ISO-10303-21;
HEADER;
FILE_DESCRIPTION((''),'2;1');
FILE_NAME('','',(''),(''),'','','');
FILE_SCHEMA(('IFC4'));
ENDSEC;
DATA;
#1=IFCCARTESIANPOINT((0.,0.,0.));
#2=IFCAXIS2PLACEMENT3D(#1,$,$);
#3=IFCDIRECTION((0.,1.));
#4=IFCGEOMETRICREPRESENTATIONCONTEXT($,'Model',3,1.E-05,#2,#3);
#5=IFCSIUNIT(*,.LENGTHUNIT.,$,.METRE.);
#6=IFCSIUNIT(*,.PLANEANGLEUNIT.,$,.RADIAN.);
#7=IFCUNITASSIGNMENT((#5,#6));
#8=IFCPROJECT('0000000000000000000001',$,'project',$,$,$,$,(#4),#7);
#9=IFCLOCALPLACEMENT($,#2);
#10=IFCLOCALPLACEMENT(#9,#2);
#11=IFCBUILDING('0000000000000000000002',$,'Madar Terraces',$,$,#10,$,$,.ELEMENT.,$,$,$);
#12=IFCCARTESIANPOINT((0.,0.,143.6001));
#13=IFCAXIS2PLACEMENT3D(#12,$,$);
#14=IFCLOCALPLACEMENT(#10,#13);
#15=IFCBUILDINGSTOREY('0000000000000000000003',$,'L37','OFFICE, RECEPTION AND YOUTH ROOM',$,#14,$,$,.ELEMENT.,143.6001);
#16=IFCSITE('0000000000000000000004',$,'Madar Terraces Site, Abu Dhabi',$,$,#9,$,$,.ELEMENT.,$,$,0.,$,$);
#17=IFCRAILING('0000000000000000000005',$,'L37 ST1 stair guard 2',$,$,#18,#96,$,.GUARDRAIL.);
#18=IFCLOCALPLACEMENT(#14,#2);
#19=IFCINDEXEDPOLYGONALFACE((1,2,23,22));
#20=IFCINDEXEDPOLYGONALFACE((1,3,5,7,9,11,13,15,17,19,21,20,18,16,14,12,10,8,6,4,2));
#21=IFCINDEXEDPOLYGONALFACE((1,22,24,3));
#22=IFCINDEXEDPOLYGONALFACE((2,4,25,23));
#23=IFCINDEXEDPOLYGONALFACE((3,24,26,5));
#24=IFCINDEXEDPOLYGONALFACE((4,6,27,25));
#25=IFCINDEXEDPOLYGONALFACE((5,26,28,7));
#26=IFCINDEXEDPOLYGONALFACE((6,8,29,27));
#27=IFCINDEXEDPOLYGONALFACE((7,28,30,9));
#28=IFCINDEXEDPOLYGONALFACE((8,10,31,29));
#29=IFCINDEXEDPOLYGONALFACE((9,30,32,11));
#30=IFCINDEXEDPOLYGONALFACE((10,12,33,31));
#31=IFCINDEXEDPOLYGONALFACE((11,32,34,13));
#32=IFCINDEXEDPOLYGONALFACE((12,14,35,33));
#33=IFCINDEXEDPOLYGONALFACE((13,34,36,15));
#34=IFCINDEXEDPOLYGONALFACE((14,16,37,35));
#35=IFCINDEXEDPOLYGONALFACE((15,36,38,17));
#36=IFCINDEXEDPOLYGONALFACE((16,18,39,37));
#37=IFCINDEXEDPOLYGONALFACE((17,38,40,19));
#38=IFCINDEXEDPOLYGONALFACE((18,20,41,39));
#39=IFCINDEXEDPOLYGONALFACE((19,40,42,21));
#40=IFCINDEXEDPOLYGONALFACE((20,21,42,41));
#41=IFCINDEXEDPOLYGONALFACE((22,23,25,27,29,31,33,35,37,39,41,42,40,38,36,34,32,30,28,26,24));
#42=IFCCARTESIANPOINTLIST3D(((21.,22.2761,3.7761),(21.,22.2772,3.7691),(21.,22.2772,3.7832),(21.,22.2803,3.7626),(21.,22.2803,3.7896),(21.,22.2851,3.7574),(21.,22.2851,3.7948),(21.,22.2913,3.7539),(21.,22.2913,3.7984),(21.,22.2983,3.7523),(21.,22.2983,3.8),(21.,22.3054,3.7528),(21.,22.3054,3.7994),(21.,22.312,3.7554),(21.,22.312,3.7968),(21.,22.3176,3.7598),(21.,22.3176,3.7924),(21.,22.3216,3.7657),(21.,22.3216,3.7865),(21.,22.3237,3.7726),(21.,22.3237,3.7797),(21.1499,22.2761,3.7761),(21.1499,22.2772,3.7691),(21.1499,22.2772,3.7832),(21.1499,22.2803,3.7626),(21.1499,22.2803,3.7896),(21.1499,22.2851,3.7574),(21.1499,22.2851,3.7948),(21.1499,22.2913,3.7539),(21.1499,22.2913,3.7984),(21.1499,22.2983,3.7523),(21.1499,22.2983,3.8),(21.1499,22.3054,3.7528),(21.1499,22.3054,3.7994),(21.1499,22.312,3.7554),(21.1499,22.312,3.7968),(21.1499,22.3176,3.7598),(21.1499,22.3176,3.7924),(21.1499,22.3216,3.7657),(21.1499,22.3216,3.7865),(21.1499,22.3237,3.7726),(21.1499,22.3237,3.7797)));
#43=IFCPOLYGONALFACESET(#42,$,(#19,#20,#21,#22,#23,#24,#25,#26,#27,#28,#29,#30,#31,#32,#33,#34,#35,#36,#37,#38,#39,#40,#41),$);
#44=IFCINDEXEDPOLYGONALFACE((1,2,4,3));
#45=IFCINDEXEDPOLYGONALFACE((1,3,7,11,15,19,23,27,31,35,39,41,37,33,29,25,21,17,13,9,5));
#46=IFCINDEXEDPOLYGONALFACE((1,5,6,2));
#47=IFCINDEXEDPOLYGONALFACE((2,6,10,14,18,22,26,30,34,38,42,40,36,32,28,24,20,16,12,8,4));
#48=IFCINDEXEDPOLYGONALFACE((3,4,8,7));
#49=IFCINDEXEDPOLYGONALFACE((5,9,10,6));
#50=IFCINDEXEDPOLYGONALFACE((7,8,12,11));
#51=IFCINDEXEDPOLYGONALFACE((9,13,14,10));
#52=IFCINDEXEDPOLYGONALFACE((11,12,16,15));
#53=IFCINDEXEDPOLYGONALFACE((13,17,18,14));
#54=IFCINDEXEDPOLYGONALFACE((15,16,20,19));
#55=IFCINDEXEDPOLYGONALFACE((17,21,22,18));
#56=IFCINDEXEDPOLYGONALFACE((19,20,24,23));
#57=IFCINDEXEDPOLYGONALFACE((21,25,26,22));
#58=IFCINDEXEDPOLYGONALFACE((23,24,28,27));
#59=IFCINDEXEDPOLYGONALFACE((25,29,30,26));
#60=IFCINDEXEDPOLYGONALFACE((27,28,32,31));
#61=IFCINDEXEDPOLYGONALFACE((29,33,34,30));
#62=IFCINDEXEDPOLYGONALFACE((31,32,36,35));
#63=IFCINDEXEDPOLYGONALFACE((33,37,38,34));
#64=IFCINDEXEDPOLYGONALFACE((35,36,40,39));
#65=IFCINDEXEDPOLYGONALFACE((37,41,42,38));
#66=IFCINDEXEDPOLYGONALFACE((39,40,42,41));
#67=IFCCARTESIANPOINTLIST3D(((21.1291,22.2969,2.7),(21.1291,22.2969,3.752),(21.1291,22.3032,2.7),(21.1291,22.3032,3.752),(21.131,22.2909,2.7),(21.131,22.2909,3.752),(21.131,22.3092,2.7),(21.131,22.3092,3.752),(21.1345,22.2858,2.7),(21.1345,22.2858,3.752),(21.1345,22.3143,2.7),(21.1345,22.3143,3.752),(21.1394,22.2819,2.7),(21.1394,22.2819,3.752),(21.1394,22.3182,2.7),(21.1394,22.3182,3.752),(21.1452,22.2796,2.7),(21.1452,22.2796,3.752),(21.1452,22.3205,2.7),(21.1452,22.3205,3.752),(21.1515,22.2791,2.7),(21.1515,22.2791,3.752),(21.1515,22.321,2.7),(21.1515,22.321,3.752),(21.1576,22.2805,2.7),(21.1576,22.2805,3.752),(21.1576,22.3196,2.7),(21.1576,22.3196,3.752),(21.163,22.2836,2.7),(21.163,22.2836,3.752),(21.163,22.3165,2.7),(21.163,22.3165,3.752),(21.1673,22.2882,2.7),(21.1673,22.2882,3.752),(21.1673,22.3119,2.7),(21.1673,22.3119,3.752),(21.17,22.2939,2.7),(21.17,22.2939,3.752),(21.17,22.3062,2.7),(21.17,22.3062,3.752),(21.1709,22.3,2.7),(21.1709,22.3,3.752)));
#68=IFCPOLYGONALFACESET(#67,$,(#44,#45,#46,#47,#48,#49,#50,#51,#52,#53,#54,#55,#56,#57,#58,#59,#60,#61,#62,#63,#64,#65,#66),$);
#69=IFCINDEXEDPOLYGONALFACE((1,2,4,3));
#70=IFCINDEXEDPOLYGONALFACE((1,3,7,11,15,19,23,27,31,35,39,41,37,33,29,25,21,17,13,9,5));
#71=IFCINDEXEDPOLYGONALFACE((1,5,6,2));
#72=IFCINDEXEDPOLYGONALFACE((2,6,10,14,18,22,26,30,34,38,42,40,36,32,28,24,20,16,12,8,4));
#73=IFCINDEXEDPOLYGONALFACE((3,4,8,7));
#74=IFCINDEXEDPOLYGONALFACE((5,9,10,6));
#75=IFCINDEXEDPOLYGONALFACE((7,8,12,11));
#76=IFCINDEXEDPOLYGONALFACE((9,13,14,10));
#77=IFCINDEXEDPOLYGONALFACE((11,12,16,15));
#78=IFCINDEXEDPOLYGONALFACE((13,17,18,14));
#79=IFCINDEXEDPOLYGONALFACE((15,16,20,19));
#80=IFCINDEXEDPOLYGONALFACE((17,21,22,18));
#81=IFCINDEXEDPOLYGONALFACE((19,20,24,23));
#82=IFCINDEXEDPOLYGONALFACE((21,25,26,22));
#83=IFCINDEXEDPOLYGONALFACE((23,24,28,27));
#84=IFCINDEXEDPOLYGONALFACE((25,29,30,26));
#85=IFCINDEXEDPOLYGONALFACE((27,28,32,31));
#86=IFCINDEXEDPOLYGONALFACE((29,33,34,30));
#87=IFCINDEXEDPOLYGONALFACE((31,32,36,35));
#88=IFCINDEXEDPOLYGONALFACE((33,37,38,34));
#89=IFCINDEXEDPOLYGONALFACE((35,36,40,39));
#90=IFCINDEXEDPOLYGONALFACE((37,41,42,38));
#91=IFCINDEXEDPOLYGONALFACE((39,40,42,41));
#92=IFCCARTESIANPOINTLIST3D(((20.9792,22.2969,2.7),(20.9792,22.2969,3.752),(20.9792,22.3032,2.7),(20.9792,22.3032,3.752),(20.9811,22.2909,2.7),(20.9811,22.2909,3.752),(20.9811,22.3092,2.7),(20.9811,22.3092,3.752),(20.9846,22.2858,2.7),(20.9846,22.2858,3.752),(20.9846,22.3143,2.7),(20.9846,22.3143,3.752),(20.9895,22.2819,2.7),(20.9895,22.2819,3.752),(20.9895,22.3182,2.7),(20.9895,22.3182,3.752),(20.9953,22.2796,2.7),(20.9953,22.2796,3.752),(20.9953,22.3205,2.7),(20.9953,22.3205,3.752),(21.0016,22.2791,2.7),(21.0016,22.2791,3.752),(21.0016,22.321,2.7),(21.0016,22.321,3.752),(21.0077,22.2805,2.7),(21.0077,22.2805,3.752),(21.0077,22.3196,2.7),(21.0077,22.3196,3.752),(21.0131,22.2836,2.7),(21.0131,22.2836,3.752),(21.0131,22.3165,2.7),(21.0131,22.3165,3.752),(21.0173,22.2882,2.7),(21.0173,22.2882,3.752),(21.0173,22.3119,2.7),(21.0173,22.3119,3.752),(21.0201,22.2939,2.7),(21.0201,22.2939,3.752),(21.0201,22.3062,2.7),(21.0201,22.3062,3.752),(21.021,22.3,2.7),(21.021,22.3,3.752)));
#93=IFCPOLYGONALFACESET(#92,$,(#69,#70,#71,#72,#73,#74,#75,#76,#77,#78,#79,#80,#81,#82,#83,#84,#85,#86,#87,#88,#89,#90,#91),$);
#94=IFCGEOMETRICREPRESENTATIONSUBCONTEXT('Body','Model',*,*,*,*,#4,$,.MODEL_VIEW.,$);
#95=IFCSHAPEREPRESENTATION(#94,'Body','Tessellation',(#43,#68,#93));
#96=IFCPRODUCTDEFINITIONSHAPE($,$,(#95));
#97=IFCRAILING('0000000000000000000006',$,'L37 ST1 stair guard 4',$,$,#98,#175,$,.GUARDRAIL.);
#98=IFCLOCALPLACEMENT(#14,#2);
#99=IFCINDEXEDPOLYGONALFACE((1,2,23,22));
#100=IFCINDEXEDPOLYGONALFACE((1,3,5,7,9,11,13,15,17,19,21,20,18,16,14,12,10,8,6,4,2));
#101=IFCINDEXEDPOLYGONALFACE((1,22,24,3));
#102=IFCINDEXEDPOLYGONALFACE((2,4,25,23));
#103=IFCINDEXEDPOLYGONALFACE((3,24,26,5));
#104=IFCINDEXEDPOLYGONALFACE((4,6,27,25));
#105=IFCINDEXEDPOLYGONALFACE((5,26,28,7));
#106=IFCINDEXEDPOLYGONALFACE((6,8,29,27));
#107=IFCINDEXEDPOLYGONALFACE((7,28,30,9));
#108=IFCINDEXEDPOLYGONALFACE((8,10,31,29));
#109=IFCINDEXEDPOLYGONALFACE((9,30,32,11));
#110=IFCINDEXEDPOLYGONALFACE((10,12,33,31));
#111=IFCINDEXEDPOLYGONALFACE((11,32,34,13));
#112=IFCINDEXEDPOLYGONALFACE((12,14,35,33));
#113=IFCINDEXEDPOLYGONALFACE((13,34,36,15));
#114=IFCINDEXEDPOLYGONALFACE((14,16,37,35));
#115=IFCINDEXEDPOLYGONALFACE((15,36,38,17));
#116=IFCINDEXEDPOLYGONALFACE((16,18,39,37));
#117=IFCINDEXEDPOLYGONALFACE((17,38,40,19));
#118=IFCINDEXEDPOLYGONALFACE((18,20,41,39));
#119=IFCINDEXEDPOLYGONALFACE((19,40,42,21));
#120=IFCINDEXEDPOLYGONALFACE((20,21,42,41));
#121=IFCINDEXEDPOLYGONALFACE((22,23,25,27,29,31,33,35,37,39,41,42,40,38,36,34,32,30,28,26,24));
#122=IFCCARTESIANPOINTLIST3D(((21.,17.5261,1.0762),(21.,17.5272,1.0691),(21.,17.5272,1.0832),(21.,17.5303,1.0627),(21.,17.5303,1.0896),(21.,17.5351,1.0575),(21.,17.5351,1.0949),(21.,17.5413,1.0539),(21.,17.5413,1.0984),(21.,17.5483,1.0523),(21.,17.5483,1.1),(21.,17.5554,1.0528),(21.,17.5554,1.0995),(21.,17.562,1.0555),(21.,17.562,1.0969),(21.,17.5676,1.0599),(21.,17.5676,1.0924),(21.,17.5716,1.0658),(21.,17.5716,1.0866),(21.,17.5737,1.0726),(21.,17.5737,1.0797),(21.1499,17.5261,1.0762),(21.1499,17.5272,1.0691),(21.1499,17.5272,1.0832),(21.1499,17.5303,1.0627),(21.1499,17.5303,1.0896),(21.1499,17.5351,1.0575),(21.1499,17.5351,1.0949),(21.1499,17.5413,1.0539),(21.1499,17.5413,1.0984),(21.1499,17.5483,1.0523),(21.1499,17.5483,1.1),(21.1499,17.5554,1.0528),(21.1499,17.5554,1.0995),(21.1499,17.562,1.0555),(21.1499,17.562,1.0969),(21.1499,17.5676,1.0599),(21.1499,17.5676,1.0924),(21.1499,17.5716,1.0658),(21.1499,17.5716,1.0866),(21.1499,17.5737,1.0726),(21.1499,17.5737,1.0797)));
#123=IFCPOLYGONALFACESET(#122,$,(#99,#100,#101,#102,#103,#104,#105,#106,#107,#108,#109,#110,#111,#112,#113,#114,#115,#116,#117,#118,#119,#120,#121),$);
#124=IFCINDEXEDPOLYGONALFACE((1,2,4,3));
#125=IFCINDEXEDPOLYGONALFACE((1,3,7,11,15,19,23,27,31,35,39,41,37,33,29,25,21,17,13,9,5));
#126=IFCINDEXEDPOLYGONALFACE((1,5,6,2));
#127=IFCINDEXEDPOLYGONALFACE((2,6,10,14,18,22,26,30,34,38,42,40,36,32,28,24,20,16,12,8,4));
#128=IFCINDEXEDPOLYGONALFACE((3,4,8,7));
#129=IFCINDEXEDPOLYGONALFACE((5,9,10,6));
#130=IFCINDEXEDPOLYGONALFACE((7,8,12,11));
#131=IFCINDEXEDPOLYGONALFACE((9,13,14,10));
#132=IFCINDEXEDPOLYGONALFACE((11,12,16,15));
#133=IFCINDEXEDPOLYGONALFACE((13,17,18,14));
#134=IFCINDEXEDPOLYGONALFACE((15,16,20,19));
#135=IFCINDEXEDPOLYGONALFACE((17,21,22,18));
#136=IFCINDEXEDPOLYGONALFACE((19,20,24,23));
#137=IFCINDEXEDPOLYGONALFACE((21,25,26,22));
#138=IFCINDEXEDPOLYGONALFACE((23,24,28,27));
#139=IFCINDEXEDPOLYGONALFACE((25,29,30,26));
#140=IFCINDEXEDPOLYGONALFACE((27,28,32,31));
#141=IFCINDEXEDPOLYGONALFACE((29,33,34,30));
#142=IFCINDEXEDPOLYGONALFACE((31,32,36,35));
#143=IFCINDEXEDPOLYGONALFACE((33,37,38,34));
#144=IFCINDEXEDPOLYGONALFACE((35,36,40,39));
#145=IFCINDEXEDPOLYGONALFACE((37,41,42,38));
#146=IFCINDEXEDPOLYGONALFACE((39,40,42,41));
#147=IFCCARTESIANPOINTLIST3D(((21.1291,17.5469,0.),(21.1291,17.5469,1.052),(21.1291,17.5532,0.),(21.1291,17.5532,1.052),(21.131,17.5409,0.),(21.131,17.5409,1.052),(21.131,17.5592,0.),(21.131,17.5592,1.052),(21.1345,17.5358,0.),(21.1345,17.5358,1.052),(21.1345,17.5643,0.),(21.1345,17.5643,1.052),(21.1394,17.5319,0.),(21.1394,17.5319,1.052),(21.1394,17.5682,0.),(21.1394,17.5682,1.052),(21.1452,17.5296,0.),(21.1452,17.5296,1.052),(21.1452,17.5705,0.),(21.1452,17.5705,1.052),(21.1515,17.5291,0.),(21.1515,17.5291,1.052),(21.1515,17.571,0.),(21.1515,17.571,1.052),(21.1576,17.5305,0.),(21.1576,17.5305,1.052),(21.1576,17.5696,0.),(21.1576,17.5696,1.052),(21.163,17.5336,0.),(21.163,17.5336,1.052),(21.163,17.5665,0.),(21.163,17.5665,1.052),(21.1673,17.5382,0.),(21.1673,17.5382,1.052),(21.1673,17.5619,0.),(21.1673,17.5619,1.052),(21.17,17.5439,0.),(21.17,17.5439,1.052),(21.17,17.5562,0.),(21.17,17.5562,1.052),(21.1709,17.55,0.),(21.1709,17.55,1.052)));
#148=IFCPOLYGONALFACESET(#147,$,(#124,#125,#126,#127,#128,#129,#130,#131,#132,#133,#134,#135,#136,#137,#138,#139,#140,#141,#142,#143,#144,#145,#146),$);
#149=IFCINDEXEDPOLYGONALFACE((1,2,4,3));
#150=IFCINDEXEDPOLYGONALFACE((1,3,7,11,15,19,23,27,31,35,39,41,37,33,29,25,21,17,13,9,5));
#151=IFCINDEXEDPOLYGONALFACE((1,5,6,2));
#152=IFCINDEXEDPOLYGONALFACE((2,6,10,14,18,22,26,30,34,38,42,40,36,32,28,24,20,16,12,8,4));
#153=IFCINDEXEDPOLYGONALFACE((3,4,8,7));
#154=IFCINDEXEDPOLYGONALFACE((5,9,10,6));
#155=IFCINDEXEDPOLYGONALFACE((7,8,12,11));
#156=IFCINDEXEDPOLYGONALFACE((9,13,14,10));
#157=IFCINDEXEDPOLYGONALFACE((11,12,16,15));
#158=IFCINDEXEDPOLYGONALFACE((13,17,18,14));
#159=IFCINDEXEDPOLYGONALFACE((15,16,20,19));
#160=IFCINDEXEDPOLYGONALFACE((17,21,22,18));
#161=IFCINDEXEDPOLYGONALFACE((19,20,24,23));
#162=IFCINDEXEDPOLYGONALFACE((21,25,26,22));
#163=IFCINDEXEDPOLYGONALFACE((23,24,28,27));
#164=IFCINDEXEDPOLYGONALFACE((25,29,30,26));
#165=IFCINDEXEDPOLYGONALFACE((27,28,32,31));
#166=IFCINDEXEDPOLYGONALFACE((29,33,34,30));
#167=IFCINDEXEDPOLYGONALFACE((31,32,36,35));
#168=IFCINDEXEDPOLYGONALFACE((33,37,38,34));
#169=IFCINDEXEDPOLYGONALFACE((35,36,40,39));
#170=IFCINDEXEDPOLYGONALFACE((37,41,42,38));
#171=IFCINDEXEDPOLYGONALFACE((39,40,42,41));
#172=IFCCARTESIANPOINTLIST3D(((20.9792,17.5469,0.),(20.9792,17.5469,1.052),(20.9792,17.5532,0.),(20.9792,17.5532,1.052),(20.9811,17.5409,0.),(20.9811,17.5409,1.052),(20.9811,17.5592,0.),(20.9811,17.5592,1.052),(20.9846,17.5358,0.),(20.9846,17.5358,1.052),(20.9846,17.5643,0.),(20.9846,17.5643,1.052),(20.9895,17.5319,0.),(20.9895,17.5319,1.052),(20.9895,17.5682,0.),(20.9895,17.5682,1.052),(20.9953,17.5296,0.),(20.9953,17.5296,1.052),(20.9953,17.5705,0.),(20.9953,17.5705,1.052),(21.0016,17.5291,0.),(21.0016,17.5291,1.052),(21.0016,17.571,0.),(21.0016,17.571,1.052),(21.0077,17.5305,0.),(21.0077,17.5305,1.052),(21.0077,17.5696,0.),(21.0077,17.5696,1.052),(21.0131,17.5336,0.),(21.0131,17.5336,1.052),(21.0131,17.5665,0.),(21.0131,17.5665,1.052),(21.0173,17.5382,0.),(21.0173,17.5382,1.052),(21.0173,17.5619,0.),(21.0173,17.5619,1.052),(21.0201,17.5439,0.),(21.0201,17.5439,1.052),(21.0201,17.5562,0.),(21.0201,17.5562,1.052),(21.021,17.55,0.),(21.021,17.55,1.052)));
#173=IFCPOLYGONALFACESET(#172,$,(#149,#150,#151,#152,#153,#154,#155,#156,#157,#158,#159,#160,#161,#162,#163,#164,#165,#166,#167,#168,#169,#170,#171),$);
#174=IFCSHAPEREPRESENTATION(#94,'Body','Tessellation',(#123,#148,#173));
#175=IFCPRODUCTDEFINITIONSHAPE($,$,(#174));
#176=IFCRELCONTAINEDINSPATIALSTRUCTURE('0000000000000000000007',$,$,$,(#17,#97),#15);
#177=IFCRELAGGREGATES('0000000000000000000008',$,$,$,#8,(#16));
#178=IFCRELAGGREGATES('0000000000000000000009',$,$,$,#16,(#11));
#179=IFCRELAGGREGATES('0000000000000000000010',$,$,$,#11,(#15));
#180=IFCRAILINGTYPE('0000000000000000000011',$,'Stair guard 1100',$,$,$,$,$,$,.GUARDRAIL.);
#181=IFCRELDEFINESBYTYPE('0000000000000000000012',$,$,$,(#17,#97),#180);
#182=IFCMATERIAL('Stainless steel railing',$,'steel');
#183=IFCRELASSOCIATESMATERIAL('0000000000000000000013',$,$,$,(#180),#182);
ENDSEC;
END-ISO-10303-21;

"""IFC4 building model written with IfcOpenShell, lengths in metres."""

from ifc_helpers import new_model, si_unit, direction, frame, origin, origin_2d, place, context, subcontext, project, spatial, circle, extrude, material, type_object, element, save


model = new_model("IFC4")

# Units and contexts
model_context = context("Model", 3, precision=1e-05, world=origin(), true_north=direction((0.0, 1.0)))
body_context = subcontext(model_context, "Body", "Model", "MODEL_VIEW")
ifc_project = project(units=[si_unit("LENGTHUNIT", "METRE"), si_unit("PLANEANGLEUNIT", "RADIAN")], contexts=[model_context])

# Site, building, storey
site_placement = place(None, origin())
site = spatial("IfcSite", under=ifc_project, at=site_placement, Name="Madar Terraces Site, Abu Dhabi", CompositionType="ELEMENT", RefElevation=0.0)
building_placement = place(site_placement, origin())
building = spatial("IfcBuilding", under=site, at=building_placement, Name="Madar Terraces", CompositionType="ELEMENT")
storey_placement = place(building_placement, frame((0.0, 0.0, 143.6001)))
storey = spatial("IfcBuildingStorey", under=building, at=storey_placement, Name="L37", Description="OFFICE, RECEPTION AND YOUTH ROOM", CompositionType="ELEMENT", Elevation=143.6001)

# Railings
ifc_material_1 = material(Name="Stainless steel railing", Category="steel")
railing_type_1 = type_object("IfcRailingType", Name="Stair guard 1100", PredefinedType="GUARDRAIL", material=ifc_material_1)
for number, where, name in (
    (1, (21.1499, 22.3, 2.7), "L37 ST1 stair guard 2"),
    (2, (21.1499, 17.55, 0.0), "L37 ST1 stair guard 4"),
):
    element("IfcRailing", number, at=place(storey_placement, frame(where)), inside=storey, type_object=railing_type_1, Name=name, PredefinedType="GUARDRAIL", context=body_context, shape_type="SweptSolid", body=[
        extrude(circle(Radius=0.0239, at=origin_2d()), frame((0.0, 0.0, 1.0762), z_axis=(-1.0, 0.0, 0.0), x_axis=(0.0, -1.0, 0.0)), (0.0, 0.0, 1.0), 0.1499),
        extrude(circle(Radius=0.021, at=origin_2d()), origin(), (0.0, 0.0, 1.0), 1.052),
        extrude(circle(Radius=0.021, at=origin_2d()), frame((-0.1499, 0.0, 0.0)), (0.0, 0.0, 1.0), 1.052),
    ])

save(model, "model.ifc")
